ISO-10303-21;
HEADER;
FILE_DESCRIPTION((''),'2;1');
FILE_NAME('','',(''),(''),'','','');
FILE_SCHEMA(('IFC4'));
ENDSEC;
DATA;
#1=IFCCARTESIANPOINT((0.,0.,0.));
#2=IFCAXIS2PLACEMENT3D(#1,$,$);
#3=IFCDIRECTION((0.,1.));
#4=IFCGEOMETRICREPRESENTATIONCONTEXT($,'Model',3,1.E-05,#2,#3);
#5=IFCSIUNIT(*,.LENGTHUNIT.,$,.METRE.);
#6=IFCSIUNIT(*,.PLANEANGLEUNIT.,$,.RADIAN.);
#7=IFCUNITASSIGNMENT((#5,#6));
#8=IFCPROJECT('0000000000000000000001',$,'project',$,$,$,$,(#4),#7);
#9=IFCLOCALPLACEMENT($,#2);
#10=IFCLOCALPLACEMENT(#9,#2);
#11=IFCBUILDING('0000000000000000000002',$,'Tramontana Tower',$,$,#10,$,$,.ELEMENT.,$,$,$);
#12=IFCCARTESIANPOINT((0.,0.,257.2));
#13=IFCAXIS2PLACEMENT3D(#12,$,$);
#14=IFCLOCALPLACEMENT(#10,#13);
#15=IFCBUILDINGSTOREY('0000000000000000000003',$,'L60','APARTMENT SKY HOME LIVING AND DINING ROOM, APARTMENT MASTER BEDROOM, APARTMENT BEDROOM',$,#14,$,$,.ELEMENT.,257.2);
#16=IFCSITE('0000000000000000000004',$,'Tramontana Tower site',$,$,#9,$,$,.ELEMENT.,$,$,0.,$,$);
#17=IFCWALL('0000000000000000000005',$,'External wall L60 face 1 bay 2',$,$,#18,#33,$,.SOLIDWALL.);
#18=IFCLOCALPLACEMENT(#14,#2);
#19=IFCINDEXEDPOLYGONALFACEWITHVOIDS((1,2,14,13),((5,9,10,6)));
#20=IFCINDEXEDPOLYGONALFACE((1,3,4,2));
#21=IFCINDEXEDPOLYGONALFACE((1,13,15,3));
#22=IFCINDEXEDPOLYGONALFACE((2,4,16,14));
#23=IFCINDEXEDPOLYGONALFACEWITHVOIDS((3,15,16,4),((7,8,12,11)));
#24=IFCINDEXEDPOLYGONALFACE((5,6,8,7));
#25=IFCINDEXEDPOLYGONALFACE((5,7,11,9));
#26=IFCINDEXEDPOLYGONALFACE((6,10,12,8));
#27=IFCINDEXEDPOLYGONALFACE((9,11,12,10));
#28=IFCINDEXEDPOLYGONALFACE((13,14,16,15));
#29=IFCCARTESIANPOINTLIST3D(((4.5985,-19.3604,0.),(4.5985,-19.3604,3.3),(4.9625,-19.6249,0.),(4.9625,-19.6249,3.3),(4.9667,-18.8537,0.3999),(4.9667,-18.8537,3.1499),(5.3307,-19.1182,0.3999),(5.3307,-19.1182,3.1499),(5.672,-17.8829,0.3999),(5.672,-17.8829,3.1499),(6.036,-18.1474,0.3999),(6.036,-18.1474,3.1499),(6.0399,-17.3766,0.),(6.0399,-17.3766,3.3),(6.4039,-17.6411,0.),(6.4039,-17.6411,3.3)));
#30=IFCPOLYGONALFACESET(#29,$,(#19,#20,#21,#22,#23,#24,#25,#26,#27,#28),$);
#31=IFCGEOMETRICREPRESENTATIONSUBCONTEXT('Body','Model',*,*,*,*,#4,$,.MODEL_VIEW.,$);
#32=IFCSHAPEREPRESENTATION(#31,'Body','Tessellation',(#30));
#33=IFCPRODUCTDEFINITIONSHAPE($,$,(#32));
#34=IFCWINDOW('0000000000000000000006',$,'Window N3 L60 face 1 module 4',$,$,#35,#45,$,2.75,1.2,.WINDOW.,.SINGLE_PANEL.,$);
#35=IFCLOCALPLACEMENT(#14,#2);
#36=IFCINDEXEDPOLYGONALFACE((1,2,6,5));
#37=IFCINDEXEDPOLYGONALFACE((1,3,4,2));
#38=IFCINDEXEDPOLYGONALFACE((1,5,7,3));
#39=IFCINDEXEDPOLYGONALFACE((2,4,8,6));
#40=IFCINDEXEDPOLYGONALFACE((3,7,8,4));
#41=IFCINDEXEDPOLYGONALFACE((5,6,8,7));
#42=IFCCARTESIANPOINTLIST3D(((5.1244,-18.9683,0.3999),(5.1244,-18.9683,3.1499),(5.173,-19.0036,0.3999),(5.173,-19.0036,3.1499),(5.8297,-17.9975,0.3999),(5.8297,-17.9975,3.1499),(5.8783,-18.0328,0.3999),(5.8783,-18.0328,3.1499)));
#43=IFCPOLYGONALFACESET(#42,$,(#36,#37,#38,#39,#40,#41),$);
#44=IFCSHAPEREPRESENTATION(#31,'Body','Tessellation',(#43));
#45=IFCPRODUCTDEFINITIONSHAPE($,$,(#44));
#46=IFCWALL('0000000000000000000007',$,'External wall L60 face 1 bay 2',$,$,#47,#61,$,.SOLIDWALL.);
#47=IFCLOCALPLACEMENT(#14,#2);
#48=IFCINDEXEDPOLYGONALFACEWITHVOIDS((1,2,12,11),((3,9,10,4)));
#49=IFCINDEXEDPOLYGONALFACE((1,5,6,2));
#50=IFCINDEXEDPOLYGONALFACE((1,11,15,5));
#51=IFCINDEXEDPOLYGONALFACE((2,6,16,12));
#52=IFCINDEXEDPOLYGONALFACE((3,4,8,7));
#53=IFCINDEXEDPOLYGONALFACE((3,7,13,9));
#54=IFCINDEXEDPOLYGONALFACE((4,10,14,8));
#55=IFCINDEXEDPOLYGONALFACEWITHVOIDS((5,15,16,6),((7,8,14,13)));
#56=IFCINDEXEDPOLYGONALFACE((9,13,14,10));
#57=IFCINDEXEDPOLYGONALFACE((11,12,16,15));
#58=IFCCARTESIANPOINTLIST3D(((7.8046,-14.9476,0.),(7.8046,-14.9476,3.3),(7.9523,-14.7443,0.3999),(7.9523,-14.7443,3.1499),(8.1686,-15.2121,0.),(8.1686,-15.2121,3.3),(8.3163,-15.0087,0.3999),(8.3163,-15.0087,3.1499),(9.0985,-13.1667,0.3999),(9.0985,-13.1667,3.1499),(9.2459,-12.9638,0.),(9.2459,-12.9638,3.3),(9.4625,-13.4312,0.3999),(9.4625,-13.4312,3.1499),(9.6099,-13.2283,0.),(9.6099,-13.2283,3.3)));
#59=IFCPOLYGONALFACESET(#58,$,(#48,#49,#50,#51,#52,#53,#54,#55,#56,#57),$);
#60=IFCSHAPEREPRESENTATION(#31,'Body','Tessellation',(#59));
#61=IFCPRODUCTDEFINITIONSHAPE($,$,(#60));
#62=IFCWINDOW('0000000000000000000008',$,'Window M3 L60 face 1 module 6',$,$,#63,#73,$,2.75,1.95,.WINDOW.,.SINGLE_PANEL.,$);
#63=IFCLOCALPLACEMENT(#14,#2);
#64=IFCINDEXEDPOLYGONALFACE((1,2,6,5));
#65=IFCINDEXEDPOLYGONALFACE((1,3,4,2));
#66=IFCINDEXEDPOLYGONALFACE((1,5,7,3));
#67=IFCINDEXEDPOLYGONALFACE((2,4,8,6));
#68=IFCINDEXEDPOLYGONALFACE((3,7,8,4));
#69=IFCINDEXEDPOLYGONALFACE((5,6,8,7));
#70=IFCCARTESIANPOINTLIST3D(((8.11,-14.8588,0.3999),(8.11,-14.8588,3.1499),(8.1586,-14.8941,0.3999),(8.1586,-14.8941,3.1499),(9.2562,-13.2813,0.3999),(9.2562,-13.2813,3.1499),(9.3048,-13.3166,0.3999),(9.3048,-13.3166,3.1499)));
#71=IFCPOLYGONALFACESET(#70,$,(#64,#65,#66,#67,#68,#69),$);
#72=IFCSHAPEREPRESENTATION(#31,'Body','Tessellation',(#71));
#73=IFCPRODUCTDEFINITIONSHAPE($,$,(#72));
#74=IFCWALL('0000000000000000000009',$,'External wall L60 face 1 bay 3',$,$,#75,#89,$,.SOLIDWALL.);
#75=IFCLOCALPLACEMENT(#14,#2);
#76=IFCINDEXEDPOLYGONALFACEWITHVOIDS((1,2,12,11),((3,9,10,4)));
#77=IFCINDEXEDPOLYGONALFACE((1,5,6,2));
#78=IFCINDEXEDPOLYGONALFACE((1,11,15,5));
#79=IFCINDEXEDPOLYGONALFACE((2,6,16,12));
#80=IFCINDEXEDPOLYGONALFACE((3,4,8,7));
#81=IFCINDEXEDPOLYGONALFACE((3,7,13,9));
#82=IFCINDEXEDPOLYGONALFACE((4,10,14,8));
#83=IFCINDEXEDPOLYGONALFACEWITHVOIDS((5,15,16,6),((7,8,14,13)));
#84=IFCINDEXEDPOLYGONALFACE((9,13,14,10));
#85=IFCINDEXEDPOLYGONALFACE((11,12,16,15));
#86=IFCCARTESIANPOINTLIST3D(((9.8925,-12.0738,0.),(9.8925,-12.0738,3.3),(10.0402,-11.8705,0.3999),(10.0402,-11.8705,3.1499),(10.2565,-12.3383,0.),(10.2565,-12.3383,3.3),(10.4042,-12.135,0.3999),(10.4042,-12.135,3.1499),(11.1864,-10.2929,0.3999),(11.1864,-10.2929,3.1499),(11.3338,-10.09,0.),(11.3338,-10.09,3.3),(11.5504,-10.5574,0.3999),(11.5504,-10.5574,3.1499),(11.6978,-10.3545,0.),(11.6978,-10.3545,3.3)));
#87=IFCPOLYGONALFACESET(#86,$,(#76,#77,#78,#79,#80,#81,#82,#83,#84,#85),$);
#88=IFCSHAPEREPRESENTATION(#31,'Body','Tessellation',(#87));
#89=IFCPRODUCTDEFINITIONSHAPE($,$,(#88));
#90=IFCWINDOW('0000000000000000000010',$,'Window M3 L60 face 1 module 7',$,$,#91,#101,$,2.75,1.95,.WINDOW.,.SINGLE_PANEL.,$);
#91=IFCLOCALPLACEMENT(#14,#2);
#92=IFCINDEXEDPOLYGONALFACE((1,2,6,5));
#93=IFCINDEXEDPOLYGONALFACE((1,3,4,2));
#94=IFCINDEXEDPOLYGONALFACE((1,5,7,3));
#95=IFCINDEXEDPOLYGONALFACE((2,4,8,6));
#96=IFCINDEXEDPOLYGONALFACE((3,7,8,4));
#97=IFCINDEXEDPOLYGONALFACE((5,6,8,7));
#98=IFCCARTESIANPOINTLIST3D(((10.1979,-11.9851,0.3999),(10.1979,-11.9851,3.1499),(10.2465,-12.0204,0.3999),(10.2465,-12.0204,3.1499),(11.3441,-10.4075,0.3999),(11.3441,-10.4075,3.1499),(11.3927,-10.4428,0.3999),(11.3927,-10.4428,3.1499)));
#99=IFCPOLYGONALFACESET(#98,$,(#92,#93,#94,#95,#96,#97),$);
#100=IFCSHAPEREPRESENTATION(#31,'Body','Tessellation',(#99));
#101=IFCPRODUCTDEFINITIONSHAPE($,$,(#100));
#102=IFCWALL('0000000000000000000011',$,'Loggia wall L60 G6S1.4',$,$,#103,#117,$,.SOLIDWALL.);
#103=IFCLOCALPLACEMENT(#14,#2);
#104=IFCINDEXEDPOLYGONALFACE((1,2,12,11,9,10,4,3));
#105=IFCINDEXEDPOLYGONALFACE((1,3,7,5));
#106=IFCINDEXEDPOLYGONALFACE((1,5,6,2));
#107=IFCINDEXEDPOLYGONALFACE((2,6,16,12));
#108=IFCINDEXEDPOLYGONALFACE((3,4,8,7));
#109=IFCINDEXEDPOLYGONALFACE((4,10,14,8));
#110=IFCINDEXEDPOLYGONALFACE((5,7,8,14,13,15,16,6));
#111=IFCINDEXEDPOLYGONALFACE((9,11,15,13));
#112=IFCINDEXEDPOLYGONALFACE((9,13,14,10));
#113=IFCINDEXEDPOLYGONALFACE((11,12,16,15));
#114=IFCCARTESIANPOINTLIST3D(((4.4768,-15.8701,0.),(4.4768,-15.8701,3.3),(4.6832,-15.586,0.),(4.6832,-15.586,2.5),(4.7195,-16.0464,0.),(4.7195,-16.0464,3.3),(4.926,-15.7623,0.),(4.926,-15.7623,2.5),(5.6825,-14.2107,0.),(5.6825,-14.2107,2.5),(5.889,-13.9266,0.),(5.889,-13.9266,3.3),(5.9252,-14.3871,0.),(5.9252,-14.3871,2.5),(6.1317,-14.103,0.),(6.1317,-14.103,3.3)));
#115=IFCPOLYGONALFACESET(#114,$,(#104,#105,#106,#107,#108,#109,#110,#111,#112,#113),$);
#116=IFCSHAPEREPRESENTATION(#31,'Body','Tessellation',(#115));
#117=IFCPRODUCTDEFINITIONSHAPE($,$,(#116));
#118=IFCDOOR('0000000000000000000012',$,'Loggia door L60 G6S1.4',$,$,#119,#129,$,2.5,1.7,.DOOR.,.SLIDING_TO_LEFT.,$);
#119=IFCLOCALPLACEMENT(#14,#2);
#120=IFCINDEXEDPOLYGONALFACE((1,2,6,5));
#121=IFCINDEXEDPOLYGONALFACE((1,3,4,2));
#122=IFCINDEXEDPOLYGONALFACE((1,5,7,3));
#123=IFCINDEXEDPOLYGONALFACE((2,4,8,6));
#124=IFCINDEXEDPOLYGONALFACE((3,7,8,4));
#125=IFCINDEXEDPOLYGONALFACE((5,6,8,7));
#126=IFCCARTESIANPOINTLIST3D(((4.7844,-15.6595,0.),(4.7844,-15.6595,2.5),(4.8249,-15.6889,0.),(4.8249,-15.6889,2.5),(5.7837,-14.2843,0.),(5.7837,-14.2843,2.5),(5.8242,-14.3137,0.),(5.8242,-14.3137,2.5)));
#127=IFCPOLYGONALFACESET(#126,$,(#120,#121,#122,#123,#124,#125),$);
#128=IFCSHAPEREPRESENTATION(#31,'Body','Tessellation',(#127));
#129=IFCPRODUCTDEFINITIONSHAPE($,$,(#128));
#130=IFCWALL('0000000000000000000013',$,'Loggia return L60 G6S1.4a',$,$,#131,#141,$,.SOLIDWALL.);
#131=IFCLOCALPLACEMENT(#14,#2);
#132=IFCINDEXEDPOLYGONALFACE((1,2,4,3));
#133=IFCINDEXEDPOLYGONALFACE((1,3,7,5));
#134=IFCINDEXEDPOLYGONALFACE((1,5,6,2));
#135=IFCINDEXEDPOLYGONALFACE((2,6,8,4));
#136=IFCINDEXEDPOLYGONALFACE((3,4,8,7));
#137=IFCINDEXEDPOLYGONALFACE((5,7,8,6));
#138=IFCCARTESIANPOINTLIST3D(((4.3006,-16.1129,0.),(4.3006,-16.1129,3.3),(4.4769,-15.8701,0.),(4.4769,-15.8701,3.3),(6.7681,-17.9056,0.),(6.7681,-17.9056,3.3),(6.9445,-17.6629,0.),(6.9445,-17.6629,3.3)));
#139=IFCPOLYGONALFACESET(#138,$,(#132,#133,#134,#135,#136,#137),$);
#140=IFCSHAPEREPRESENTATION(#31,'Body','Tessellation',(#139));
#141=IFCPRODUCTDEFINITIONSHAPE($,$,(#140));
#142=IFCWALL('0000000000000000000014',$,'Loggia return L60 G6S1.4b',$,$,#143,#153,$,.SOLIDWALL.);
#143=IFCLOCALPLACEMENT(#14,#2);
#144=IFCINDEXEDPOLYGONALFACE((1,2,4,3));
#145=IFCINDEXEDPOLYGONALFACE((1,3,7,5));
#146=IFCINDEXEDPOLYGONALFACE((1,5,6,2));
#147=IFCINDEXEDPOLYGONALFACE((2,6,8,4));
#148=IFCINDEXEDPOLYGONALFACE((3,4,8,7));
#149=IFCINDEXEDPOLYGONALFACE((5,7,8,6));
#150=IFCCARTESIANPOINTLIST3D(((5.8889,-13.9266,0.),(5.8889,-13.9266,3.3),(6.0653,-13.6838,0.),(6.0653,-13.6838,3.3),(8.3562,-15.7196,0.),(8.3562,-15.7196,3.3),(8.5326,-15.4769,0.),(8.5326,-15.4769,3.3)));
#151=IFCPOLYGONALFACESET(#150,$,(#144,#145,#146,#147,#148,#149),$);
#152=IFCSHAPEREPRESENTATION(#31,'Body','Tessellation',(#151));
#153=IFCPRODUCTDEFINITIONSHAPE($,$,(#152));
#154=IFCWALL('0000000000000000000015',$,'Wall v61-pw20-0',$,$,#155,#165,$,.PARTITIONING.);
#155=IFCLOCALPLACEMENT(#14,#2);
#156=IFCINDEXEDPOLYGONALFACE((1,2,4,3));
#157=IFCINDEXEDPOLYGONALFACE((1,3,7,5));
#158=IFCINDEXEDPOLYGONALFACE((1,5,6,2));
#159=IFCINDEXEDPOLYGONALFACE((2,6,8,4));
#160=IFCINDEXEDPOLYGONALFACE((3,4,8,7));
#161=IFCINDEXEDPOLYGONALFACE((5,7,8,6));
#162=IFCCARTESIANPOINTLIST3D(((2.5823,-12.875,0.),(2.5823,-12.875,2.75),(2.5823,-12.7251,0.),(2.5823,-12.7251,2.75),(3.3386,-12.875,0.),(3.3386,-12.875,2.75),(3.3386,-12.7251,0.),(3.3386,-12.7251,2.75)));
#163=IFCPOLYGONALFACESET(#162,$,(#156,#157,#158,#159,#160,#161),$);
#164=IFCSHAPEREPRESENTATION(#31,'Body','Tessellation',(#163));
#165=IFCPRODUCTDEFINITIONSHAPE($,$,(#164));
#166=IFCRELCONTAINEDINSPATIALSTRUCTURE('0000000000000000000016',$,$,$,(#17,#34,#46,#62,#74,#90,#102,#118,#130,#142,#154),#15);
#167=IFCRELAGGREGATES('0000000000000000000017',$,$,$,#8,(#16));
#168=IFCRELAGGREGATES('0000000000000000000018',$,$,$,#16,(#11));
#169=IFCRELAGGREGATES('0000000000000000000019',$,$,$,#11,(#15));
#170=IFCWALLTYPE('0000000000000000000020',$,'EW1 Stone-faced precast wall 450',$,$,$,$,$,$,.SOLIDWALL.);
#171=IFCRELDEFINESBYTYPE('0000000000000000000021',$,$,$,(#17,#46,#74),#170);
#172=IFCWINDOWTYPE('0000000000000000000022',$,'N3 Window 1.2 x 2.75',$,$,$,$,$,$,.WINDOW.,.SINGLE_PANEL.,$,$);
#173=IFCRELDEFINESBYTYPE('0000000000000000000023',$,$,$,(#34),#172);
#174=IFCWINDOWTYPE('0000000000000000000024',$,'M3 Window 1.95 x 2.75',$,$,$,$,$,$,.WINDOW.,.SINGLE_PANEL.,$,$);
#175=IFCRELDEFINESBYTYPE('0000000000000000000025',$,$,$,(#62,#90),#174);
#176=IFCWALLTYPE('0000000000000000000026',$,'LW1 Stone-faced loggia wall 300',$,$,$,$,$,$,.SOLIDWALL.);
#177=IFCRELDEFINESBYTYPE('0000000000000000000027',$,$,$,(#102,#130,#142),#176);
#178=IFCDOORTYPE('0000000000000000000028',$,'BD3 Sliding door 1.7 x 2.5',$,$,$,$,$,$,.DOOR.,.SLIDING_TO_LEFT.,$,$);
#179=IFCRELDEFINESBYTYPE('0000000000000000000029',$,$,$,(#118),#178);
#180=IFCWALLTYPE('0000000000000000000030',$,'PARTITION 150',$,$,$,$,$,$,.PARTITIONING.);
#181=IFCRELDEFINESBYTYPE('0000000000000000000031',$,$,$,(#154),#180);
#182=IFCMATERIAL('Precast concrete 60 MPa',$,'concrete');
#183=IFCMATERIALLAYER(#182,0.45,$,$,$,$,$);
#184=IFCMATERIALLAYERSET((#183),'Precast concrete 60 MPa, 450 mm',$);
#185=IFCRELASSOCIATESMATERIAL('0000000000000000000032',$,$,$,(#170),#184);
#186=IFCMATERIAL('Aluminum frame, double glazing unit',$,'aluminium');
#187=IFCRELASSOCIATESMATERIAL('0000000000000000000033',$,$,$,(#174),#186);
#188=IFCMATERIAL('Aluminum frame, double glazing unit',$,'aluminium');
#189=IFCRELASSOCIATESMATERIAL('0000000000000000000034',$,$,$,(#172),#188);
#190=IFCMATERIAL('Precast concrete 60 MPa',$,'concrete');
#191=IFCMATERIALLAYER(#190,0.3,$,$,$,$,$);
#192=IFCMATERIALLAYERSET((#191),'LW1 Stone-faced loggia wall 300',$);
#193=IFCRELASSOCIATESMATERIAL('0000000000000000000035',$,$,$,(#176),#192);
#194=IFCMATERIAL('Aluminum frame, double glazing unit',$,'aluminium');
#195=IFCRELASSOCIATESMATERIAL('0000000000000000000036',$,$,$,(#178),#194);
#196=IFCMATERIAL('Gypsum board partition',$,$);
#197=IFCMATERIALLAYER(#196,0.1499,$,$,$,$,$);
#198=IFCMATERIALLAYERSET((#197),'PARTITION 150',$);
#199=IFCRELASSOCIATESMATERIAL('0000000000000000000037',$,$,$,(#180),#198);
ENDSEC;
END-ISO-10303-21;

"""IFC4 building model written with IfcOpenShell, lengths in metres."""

from ifc_helpers import new_model, si_unit, direction, frame, frame_2d, origin, place, context, subcontext, project, spatial, rectangle, extrude, material, layer, layer_set, type_object, element, fill, save


model = new_model("IFC4")

# Units and contexts
model_context = context("Model", 3, precision=1e-05, world=origin(), true_north=direction((0.0, 1.0)))
body_context = subcontext(model_context, "Body", "Model", "MODEL_VIEW")
ifc_project = project(units=[si_unit("LENGTHUNIT", "METRE"), si_unit("PLANEANGLEUNIT", "RADIAN")], contexts=[model_context])

# Site, building, storey
site_placement = place(None, origin())
site = spatial("IfcSite", under=ifc_project, at=site_placement, Name="Tramontana Tower site", CompositionType="ELEMENT", RefElevation=0.0)
building_placement = place(site_placement, origin())
building = spatial("IfcBuilding", under=site, at=building_placement, Name="Tramontana Tower", CompositionType="ELEMENT")
storey_placement = place(building_placement, frame((0.0, 0.0, 257.2)))
storey = spatial("IfcBuildingStorey", under=building, at=storey_placement, Name="L60", Description="APARTMENT SKY HOME LIVING AND DINING ROOM, APARTMENT MASTER BEDROOM, APARTMENT BEDROOM", CompositionType="ELEMENT", Elevation=257.2)

# Shared definitions
ifc_material_1 = material(Name="Precast concrete 60 MPa", Category="concrete")
ifc_layer_1 = layer(ifc_material_1, 0.45)
ifc_layer_set_1 = layer_set([ifc_layer_1], Name="Precast concrete 60 MPa, 450 mm")
wall_type_1 = type_object("IfcWallType", Name="EW1 Stone-faced precast wall 450", PredefinedType="SOLIDWALL", material=ifc_layer_set_1)
ifc_material_2 = material(Name="Aluminum frame, double glazing unit", Category="aluminium")
window_type_1 = type_object("IfcWindowType", Name="M3 Window 1.95 x 2.75", PartitioningType="SINGLE_PANEL", PredefinedType="WINDOW", material=ifc_material_2)

# Walls, openings, windows
wall_1_placement = place(storey_placement, frame((4.7805, -19.4927, 0.0), z_axis=(0.0, 0.0, 1.0), x_axis=(0.587793, 0.809012, 0.0)))
wall_1 = element("IfcWall", 1, at=wall_1_placement, inside=storey, type_object=wall_type_1, Name="External wall L60 face 1 bay 2", PredefinedType="SOLIDWALL", context=body_context, shape_type="SweptSolid", body=[
    extrude(rectangle(XDim=2.4521, YDim=0.45, at=frame_2d((1.2261, 0.0))), origin(), (0.0, 0.0, 1.0), 3.3),
])
opening_1_placement = place(wall_1_placement, frame((0.6262, 0.0, 0.3999)))
opening_1 = element("IfcOpeningElement", 2, at=opening_1_placement, cuts=wall_1, PredefinedType="OPENING", context=body_context, shape_type="SweptSolid", body=[
    extrude(rectangle(XDim=1.2, YDim=2.75, at=frame_2d((0.6001, 1.375))), frame((0.0, 0.2349, 0.0), z_axis=(0.0, -1.0, 0.0), x_axis=(1.0, 0.0, 0.0)), (0.0, 0.0, 1.0), 0.47),
])
ifc_material_3 = material(Name="Aluminum frame, double glazing unit", Category="aluminium")
window_type_2 = type_object("IfcWindowType", Name="N3 Window 1.2 x 2.75", PartitioningType="SINGLE_PANEL", PredefinedType="WINDOW", material=ifc_material_3)
window_1_placement = place(opening_1_placement, origin())
window_1 = element("IfcWindow", 3, at=window_1_placement, inside=storey, type_object=window_type_2, Name="Window N3 L60 face 1 module 4", OverallHeight=2.75, OverallWidth=1.2, PartitioningType="SINGLE_PANEL", PredefinedType="WINDOW", context=body_context, shape_type="SweptSolid", body=[
    extrude(rectangle(XDim=1.2, YDim=2.75, at=frame_2d((0.6001, 1.375))), frame((0.0, 0.03, 0.0), z_axis=(0.0, -1.0, 0.0), x_axis=(1.0, 0.0, 0.0)), (0.0, 0.0, 1.0), 0.0601),
])
fill(opening_1, window_1)
wall_2_placement = place(storey_placement, frame((7.9866, -15.0798, 0.0), z_axis=(0.0, 0.0, 1.0), x_axis=(0.587793, 0.809012, 0.0)))
wall_2 = element("IfcWall", 4, at=wall_2_placement, inside=storey, type_object=wall_type_1, Name="External wall L60 face 1 bay 2", PredefinedType="SOLIDWALL", context=body_context, shape_type="SweptSolid", body=[
    extrude(rectangle(XDim=2.4521, YDim=0.45, at=frame_2d((1.2261, 0.0))), origin(), (0.0, 0.0, 1.0), 3.3),
])
opening_2_placement = place(wall_2_placement, frame((0.2512, 0.0, 0.3999)))
opening_2 = element("IfcOpeningElement", 5, at=opening_2_placement, cuts=wall_2, PredefinedType="OPENING", context=body_context, shape_type="SweptSolid", body=[
    extrude(rectangle(XDim=1.95, YDim=2.75, at=frame_2d((0.9751, 1.375))), frame((0.0, 0.2349, 0.0), z_axis=(0.0, -1.0, 0.0), x_axis=(1.0, 0.0, 0.0)), (0.0, 0.0, 1.0), 0.47),
])
window_2_placement = place(opening_2_placement, origin())
window_2 = element("IfcWindow", 6, at=window_2_placement, inside=storey, type_object=window_type_1, Name="Window M3 L60 face 1 module 6", OverallHeight=2.75, OverallWidth=1.95, PartitioningType="SINGLE_PANEL", PredefinedType="WINDOW", context=body_context, shape_type="SweptSolid", body=[
    extrude(rectangle(XDim=1.95, YDim=2.75, at=frame_2d((0.9751, 1.375))), frame((0.0, 0.03, 0.0), z_axis=(0.0, -1.0, 0.0), x_axis=(1.0, 0.0, 0.0)), (0.0, 0.0, 1.0), 0.0601),
])
fill(opening_2, window_2)
wall_3_placement = place(storey_placement, frame((10.0745, -12.2061, 0.0), z_axis=(0.0, 0.0, 1.0), x_axis=(0.587793, 0.809012, 0.0)))
wall_3 = element("IfcWall", 7, at=wall_3_placement, inside=storey, type_object=wall_type_1, Name="External wall L60 face 1 bay 3", PredefinedType="SOLIDWALL", context=body_context, shape_type="SweptSolid", body=[
    extrude(rectangle(XDim=2.4521, YDim=0.45, at=frame_2d((1.2261, 0.0))), origin(), (0.0, 0.0, 1.0), 3.3),
])
opening_3_placement = place(wall_3_placement, frame((0.2512, 0.0, 0.3999)))
opening_3 = element("IfcOpeningElement", 8, at=opening_3_placement, cuts=wall_3, PredefinedType="OPENING", context=body_context, shape_type="SweptSolid", body=[
    extrude(rectangle(XDim=1.95, YDim=2.75, at=frame_2d((0.9751, 1.375))), frame((0.0, 0.2349, 0.0), z_axis=(0.0, -1.0, 0.0), x_axis=(1.0, 0.0, 0.0)), (0.0, 0.0, 1.0), 0.47),
])
window_3_placement = place(opening_3_placement, origin())
window_3 = element("IfcWindow", 9, at=window_3_placement, inside=storey, type_object=window_type_1, Name="Window M3 L60 face 1 module 7", OverallHeight=2.75, OverallWidth=1.95, PartitioningType="SINGLE_PANEL", PredefinedType="WINDOW", context=body_context, shape_type="SweptSolid", body=[
    extrude(rectangle(XDim=1.95, YDim=2.75, at=frame_2d((0.9751, 1.375))), frame((0.0, 0.03, 0.0), z_axis=(0.0, -1.0, 0.0), x_axis=(1.0, 0.0, 0.0)), (0.0, 0.0, 1.0), 0.0601),
])
fill(opening_3, window_3)

# Wall, opening, door
ifc_material_4 = material(Name="Precast concrete 60 MPa", Category="concrete")
ifc_layer_2 = layer(ifc_material_4, 0.3)
ifc_layer_set_2 = layer_set([ifc_layer_2], Name="LW1 Stone-faced loggia wall 300")
wall_type_2 = type_object("IfcWallType", Name="LW1 Stone-faced loggia wall 300", PredefinedType="SOLIDWALL", material=ifc_layer_set_2)
wall_4_placement = place(storey_placement, frame((4.5981, -15.9583, 0.0), z_axis=(0.0, 0.0, 1.0), x_axis=(0.587833, 0.808982, 0.0)))
wall_4 = element("IfcWall", 10, at=wall_4_placement, inside=storey, type_object=wall_type_2, Name="Loggia wall L60 G6S1.4", PredefinedType="SOLIDWALL", context=body_context, shape_type="SweptSolid", body=[
    extrude(rectangle(XDim=2.4023, YDim=0.3, at=frame_2d((1.2012, 0.0))), origin(), (0.0, 0.0, 1.0), 3.3),
])
opening_4_placement = place(wall_4_placement, frame((0.3511, 0.0, 0.0)))
opening_4 = element("IfcOpeningElement", 11, at=opening_4_placement, cuts=wall_4, PredefinedType="OPENING", context=body_context, shape_type="SweptSolid", body=[
    extrude(rectangle(XDim=1.7, YDim=2.5, at=frame_2d((0.8501, 1.25))), frame((0.0, 0.1599, 0.0), z_axis=(0.0, -1.0, 0.0), x_axis=(1.0, 0.0, 0.0)), (0.0, 0.0, 1.0), 0.3201),
])
ifc_material_5 = material(Name="Aluminum frame, double glazing unit", Category="aluminium")
door_type_1 = type_object("IfcDoorType", Name="BD3 Sliding door 1.7 x 2.5", OperationType="SLIDING_TO_LEFT", PredefinedType="DOOR", material=ifc_material_5)
door_1_placement = place(opening_4_placement, origin())
door_1 = element("IfcDoor", 12, at=door_1_placement, inside=storey, type_object=door_type_1, Name="Loggia door L60 G6S1.4", OperationType="SLIDING_TO_LEFT", OverallHeight=2.5, OverallWidth=1.7, PredefinedType="DOOR", context=body_context, shape_type="SweptSolid", body=[
    extrude(rectangle(XDim=1.7, YDim=2.5, at=frame_2d((0.8501, 1.25))), frame((0.0, 0.0249, 0.0), z_axis=(0.0, -1.0, 0.0), x_axis=(1.0, 0.0, 0.0)), (0.0, 0.0, 1.0), 0.05),
])
fill(opening_4, door_1)

# Walls
for number, where, z_axis, x_axis, name in (
    (13, (6.8562, -17.7842, 0.0), (0.0, 0.0, 1.0), (-0.809023, 0.587777, 0.0), "Loggia return L60 G6S1.4a"),
    (14, (8.4443, -15.5981, 0.0), (0.0, 0.0, 1.0), (-0.808958, 0.587867, 0.0), "Loggia return L60 G6S1.4b"),
):
    element("IfcWall", number, at=place(storey_placement, frame(where, z_axis=z_axis, x_axis=x_axis)), inside=storey, type_object=wall_type_2, Name=name, PredefinedType="SOLIDWALL", context=body_context, shape_type="SweptSolid", body=[
        extrude(rectangle(XDim=3.05, YDim=0.3, at=frame_2d((1.5249, 0.0))), origin(), (0.0, 0.0, 1.0), 3.3),
    ])
ifc_material_6 = material(Name="Gypsum board partition")
ifc_layer_3 = layer(ifc_material_6, 0.1499)
ifc_layer_set_3 = layer_set([ifc_layer_3], Name="PARTITION 150")
wall_type_3 = type_object("IfcWallType", Name="PARTITION 150", PredefinedType="PARTITIONING", material=ifc_layer_set_3)
wall_5_placement = place(storey_placement, frame((3.3386, -12.8, 0.0), z_axis=(0.0, 0.0, 1.0), x_axis=(-1.0, 0.0, 0.0)))
element("IfcWall", 15, at=wall_5_placement, inside=storey, type_object=wall_type_3, Name="Wall v61-pw20-0", PredefinedType="PARTITIONING", context=body_context, shape_type="SweptSolid", body=[
    extrude(rectangle(XDim=0.7563, YDim=0.1499, at=frame_2d((0.3782, 0.0))), origin(), (0.0, 0.0, 1.0), 2.75),
])

save(model, "model.ifc")
